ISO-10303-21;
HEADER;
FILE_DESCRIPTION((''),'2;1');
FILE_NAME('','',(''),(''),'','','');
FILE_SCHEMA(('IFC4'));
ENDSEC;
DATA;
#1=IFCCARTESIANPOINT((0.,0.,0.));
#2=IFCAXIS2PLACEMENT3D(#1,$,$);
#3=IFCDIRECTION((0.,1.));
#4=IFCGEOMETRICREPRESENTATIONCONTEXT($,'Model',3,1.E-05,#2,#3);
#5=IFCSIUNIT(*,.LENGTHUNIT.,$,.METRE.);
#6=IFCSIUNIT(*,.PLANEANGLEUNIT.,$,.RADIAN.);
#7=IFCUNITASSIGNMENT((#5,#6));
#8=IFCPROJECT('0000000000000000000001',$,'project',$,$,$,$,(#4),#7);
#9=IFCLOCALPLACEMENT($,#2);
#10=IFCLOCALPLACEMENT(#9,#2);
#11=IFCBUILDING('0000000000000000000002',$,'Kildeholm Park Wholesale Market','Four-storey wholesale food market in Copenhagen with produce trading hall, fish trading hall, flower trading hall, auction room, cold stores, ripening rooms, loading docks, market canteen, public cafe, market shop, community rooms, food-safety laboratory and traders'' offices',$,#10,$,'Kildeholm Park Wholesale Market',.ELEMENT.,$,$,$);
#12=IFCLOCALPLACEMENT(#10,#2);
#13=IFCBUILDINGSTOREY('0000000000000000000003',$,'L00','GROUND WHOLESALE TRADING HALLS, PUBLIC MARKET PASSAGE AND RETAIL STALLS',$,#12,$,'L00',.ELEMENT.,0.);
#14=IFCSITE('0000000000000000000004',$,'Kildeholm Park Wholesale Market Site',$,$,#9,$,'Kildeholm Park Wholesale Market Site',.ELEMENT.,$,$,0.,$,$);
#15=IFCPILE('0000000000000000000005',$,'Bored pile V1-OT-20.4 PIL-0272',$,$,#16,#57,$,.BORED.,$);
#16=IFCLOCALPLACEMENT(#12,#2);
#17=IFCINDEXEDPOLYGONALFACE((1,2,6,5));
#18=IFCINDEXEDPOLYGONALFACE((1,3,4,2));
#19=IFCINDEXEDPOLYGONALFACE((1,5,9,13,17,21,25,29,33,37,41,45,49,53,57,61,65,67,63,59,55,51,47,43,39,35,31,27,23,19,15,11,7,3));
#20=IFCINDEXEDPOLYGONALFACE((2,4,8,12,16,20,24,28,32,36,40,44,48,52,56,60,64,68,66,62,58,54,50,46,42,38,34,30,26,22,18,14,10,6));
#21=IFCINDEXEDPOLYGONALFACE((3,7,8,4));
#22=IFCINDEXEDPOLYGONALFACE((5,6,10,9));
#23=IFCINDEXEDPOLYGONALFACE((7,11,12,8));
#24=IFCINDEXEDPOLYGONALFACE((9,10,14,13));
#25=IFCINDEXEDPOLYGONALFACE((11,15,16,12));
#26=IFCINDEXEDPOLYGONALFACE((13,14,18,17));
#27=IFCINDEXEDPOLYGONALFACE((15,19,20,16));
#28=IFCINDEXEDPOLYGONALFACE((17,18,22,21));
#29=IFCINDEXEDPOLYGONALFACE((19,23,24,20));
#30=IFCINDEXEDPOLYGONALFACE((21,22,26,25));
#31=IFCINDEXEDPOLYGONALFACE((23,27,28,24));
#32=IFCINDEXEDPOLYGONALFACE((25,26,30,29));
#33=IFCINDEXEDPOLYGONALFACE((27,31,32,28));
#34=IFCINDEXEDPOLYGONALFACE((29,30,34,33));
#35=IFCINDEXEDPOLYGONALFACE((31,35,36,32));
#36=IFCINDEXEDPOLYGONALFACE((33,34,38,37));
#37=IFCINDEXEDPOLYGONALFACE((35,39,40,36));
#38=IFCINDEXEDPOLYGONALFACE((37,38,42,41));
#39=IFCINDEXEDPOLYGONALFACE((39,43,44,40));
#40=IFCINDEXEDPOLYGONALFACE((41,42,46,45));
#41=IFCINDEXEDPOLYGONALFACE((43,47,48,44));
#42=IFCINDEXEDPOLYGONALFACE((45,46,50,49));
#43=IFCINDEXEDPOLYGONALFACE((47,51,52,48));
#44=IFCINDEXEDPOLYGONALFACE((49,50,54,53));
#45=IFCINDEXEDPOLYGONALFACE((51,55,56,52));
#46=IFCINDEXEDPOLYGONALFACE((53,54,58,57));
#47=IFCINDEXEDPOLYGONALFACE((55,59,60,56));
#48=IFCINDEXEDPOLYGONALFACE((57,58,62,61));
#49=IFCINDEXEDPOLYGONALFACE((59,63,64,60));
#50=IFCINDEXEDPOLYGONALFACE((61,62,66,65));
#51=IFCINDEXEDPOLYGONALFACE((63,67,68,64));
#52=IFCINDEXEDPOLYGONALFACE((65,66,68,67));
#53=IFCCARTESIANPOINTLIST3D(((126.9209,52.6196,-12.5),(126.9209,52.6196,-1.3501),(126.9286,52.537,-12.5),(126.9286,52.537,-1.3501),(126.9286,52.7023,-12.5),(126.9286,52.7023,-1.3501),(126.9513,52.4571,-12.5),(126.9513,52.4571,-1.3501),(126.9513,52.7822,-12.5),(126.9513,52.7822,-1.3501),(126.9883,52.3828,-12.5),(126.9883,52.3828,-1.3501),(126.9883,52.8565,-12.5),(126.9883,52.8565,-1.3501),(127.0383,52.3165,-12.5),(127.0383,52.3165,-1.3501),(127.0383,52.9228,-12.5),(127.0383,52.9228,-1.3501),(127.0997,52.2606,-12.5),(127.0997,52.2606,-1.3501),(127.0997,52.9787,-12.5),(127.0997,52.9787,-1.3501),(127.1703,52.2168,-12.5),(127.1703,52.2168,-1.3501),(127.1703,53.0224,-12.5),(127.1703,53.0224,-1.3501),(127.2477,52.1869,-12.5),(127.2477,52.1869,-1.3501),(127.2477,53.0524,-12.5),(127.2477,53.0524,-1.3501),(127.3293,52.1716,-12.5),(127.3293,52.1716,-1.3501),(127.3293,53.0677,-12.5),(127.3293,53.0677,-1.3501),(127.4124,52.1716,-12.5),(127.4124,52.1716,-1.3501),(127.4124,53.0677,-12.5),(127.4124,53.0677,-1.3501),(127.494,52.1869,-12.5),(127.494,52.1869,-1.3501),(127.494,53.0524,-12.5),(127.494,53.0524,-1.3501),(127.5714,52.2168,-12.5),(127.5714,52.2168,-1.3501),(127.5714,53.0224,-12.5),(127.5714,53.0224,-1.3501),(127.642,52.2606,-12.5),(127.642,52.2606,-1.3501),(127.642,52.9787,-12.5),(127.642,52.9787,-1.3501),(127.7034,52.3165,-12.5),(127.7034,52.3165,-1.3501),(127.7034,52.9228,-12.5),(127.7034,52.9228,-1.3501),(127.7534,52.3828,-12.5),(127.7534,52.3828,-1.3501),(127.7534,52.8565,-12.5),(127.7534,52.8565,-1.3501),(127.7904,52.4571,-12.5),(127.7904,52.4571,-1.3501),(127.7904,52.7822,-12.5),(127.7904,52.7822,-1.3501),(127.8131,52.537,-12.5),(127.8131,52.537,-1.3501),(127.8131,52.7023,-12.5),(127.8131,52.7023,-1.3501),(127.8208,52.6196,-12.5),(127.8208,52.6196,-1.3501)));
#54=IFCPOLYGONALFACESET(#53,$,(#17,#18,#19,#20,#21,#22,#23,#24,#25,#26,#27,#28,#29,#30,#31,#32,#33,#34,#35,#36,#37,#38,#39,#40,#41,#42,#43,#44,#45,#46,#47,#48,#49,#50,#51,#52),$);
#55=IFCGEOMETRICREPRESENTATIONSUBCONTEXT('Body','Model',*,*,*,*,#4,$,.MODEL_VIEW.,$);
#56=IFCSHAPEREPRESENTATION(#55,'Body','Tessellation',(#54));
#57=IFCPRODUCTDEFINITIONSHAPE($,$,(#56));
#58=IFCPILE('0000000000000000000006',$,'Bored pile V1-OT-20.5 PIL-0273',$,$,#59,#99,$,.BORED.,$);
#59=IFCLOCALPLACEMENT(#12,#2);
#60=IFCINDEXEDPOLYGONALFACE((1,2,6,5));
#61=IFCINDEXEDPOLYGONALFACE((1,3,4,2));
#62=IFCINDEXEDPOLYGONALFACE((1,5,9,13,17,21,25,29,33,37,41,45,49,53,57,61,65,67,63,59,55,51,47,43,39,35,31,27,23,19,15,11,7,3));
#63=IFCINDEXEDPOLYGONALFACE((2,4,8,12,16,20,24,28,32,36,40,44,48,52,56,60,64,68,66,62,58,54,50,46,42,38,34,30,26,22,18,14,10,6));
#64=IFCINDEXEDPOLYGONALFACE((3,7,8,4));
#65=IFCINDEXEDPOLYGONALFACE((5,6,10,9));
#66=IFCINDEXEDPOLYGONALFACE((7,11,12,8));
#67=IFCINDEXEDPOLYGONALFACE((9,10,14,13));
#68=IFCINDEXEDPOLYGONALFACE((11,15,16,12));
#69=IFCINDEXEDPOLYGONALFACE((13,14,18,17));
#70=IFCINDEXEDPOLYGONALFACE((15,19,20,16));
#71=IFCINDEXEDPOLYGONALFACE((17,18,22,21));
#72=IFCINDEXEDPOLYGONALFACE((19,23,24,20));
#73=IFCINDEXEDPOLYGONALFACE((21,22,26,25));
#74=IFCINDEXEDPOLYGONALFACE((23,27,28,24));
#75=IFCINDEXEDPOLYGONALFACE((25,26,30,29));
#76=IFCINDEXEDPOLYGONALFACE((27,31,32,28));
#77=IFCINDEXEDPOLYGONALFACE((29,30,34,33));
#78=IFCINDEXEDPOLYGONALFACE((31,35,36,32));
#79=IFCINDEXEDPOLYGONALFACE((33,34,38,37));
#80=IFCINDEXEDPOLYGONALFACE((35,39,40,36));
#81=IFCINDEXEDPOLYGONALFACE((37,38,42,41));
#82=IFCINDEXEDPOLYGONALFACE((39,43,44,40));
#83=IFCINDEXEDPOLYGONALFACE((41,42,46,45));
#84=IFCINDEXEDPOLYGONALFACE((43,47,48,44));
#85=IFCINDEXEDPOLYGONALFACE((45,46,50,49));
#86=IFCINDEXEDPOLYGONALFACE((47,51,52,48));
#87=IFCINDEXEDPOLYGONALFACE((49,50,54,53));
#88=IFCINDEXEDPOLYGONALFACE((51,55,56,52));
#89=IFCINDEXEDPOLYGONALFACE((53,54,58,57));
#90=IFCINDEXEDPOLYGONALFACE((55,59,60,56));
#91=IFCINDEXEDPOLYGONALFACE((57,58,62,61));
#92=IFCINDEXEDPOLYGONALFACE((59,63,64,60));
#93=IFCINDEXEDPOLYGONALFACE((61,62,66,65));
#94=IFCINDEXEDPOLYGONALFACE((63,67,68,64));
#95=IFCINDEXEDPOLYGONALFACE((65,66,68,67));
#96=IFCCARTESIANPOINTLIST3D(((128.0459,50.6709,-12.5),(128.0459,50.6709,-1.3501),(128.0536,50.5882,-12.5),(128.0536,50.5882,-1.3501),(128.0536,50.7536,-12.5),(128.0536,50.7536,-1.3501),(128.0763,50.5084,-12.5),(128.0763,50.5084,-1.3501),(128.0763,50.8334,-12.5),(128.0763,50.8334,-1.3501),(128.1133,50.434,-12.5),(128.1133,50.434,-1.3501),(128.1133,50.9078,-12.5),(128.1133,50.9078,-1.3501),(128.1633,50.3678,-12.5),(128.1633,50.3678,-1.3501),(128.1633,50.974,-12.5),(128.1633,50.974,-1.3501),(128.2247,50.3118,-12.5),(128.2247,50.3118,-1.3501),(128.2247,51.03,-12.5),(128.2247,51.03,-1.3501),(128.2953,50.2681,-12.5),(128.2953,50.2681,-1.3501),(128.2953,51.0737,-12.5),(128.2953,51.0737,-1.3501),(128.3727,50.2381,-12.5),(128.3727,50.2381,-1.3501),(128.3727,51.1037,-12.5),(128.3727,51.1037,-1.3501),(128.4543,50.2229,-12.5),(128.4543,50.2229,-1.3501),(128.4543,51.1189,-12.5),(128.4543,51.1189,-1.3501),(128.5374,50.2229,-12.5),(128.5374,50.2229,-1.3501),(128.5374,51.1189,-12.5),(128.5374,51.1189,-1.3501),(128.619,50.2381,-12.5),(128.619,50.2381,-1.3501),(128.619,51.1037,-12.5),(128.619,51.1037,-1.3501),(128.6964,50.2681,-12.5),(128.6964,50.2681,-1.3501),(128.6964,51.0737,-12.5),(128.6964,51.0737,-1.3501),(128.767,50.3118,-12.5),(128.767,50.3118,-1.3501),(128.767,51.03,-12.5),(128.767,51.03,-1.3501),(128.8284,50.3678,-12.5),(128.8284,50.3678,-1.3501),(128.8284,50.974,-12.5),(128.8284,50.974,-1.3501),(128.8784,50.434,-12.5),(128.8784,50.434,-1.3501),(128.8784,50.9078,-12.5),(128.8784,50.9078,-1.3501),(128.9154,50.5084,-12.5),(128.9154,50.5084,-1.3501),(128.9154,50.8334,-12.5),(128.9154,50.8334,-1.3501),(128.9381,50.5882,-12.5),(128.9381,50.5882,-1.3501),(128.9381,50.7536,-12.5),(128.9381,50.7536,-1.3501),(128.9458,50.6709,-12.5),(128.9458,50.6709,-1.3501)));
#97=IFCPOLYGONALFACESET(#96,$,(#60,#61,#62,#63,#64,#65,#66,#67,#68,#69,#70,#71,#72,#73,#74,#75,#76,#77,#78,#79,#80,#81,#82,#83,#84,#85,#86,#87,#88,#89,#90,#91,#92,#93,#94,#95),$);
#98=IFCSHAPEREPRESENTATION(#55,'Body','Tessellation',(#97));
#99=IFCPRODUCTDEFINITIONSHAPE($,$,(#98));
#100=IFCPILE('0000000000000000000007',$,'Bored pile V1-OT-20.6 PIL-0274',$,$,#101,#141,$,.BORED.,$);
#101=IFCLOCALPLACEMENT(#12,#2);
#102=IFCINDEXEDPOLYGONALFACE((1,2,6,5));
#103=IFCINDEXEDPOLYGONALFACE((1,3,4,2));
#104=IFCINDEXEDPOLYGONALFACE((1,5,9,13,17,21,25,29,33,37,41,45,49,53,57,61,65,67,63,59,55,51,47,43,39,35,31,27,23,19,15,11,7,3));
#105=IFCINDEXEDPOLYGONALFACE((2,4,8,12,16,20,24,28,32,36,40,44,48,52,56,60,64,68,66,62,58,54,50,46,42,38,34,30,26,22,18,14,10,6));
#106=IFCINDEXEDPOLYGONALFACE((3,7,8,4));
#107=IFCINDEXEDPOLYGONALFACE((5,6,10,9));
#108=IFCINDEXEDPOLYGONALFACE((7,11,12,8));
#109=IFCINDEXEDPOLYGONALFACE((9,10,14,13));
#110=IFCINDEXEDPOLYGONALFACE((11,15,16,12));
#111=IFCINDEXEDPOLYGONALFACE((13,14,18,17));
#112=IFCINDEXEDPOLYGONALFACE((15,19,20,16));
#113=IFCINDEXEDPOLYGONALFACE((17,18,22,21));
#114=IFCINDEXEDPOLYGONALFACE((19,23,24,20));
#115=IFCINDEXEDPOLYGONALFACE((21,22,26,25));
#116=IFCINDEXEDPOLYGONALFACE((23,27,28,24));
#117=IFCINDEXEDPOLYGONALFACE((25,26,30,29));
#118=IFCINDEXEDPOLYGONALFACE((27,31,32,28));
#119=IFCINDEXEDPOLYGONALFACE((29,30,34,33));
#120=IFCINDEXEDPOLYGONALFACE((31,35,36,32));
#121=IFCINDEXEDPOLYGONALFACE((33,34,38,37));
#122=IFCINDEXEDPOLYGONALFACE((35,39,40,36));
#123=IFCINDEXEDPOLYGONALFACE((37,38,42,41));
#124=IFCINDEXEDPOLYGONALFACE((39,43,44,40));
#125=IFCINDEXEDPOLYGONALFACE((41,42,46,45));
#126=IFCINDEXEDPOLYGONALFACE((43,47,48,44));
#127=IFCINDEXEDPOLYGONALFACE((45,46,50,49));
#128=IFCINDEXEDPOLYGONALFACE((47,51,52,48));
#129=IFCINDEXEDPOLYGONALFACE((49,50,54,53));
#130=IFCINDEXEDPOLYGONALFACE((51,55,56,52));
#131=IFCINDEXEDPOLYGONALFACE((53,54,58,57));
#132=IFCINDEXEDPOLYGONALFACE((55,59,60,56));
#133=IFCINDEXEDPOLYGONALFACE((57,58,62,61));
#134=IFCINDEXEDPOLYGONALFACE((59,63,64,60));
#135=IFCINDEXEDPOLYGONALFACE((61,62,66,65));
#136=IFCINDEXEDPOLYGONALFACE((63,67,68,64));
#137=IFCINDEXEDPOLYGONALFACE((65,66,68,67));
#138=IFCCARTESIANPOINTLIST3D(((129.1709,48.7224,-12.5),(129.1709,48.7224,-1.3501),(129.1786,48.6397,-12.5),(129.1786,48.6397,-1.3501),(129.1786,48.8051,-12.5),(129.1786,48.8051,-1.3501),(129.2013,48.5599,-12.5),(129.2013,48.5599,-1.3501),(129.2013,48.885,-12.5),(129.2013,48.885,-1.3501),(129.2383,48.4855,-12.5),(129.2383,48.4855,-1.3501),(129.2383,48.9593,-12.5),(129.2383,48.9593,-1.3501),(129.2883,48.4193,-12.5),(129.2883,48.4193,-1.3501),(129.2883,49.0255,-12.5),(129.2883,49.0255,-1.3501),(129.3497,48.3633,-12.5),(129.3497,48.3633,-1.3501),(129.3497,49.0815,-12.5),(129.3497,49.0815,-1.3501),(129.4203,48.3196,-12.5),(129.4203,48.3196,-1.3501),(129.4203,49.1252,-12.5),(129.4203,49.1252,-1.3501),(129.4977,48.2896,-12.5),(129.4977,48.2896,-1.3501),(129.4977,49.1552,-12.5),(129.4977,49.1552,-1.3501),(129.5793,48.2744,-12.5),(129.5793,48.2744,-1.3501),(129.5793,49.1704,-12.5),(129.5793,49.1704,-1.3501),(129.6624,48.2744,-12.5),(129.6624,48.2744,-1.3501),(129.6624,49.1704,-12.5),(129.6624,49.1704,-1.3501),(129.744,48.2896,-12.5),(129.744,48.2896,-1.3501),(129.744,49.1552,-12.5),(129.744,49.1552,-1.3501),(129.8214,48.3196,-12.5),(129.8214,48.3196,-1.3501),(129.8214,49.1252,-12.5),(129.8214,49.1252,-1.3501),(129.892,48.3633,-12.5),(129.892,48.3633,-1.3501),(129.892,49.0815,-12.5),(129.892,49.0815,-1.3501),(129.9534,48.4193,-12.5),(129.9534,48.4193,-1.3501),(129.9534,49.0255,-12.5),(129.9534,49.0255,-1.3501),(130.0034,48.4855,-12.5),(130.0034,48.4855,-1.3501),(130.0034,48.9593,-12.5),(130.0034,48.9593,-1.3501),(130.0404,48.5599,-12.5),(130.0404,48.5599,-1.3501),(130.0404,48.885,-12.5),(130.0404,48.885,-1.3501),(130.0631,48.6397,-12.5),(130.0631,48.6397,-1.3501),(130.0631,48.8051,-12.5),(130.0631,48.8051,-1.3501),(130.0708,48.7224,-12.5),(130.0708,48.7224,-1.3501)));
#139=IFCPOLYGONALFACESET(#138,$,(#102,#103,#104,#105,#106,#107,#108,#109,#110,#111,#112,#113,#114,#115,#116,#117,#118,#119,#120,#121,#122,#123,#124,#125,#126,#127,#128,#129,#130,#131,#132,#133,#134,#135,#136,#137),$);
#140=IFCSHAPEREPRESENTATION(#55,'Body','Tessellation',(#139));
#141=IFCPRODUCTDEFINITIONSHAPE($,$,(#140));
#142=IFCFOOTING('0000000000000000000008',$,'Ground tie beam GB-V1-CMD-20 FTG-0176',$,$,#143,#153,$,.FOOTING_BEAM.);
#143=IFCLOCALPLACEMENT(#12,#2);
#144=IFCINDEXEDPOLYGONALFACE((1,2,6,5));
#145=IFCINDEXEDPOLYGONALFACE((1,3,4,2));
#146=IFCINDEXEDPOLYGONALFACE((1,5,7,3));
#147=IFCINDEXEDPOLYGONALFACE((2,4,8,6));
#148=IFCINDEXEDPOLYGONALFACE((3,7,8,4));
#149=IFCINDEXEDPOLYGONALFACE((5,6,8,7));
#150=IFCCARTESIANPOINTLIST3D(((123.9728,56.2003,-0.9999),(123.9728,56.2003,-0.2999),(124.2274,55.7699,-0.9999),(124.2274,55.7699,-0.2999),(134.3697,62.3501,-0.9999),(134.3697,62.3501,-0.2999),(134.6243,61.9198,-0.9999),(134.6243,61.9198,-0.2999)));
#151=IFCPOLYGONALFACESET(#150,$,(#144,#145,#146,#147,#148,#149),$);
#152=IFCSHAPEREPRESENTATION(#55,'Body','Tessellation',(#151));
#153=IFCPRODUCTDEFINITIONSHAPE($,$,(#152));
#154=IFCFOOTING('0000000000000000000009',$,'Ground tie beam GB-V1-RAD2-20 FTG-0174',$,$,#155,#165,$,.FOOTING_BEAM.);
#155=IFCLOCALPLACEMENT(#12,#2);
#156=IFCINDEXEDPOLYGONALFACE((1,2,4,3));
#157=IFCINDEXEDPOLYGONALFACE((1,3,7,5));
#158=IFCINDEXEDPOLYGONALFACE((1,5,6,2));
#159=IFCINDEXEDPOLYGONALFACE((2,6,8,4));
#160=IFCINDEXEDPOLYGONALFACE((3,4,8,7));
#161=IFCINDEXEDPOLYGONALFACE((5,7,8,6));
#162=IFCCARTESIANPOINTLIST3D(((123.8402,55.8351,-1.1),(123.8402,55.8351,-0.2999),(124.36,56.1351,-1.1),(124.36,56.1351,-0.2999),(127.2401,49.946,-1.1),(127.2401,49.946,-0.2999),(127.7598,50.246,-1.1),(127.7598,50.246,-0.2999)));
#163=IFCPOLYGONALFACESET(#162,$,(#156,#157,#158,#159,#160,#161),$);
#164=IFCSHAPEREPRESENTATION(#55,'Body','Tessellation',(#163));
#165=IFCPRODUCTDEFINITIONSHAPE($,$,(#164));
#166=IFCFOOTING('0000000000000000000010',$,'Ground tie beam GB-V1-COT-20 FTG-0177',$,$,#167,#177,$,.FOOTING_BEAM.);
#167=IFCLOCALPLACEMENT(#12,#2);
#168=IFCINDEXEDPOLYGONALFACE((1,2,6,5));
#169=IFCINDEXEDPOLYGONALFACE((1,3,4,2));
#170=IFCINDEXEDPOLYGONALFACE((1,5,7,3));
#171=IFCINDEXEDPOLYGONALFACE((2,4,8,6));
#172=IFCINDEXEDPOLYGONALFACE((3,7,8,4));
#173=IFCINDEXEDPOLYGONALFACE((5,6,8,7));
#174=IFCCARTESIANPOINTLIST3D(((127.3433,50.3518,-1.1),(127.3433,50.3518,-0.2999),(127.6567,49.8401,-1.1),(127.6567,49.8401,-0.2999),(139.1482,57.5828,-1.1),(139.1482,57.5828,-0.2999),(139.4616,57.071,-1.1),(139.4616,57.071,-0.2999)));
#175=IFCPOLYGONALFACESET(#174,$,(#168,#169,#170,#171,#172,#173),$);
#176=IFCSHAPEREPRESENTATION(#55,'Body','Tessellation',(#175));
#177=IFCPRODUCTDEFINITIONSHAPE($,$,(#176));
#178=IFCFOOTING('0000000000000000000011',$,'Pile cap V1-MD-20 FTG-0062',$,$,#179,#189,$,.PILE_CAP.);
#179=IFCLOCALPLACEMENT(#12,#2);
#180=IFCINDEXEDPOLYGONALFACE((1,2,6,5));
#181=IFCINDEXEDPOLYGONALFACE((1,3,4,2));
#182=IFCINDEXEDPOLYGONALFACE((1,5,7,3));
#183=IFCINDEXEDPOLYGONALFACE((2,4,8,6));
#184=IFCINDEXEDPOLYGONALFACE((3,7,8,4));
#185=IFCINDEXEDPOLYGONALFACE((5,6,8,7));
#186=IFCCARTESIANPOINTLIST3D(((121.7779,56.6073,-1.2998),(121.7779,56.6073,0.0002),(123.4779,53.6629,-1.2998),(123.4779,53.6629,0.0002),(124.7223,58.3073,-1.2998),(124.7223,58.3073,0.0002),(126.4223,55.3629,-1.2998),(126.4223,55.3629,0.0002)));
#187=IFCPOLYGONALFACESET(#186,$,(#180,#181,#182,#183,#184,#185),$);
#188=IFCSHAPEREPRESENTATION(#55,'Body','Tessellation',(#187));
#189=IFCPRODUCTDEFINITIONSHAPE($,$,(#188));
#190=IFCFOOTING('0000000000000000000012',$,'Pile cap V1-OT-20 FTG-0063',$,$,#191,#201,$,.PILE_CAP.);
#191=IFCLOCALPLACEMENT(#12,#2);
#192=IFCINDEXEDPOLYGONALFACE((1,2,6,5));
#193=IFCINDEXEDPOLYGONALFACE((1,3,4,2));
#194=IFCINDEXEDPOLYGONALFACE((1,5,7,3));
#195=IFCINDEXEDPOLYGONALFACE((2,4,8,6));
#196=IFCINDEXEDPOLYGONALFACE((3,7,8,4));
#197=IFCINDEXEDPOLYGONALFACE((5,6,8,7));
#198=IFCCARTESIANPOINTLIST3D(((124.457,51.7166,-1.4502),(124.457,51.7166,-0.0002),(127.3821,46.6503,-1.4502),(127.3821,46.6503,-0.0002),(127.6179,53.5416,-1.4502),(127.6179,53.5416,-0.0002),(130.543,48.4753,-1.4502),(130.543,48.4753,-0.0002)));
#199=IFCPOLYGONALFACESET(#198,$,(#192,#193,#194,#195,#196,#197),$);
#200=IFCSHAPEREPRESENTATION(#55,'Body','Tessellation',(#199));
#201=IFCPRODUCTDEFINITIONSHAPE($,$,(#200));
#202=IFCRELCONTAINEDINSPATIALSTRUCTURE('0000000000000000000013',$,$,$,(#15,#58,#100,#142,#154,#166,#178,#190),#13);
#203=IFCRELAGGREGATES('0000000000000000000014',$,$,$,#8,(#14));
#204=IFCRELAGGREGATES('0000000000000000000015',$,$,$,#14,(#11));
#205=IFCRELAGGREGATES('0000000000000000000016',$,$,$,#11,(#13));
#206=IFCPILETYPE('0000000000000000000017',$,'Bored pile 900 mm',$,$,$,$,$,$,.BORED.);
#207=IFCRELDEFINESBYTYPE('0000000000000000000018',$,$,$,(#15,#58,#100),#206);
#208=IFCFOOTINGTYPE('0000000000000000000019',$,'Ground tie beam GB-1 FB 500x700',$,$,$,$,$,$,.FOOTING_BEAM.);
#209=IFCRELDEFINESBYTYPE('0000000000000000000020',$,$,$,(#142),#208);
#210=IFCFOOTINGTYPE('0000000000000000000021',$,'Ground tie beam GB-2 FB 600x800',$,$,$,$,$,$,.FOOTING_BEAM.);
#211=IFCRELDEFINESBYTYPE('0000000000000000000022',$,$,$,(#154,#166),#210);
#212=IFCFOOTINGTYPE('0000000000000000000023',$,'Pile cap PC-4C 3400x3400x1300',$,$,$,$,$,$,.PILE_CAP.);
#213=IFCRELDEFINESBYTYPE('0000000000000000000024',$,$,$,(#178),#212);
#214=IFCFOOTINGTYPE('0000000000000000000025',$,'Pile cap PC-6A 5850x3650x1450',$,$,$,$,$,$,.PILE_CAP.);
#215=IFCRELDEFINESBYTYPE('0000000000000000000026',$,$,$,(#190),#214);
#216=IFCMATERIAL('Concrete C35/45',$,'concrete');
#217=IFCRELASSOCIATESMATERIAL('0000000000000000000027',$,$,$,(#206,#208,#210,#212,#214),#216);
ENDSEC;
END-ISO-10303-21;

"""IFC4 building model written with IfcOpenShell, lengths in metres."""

from ifc_helpers import new_model, si_unit, direction, frame, origin, origin_2d, place, context, subcontext, project, spatial, rectangle, circle, extrude, material, material_profile, profile_set, type_object, element, save


model = new_model("IFC4")

# Units and contexts
model_context = context("Model", 3, precision=1e-05, world=origin(), true_north=direction((0.0, 1.0)))
body_context = subcontext(model_context, "Body", "Model", "MODEL_VIEW")
ifc_project = project(units=[si_unit("LENGTHUNIT", "METRE"), si_unit("PLANEANGLEUNIT", "RADIAN")], contexts=[model_context])

# Site, building, storey
site_placement = place(None, origin())
site = spatial("IfcSite", under=ifc_project, at=site_placement, Name="Kildeholm Park Wholesale Market Site", LongName="Kildeholm Park Wholesale Market Site", CompositionType="ELEMENT", RefElevation=0.0)
building_placement = place(site_placement, origin())
building = spatial("IfcBuilding", under=site, at=building_placement, Name="Kildeholm Park Wholesale Market", Description="Four-storey wholesale food market in Copenhagen with produce trading hall, fish trading hall, flower trading hall, auction room, cold stores, ripening rooms, loading docks, market canteen, public cafe, market shop, community rooms, food-safety laboratory and traders' offices", LongName="Kildeholm Park Wholesale Market", CompositionType="ELEMENT")
storey_placement = place(building_placement, origin())
storey = spatial("IfcBuildingStorey", under=building, at=storey_placement, Name="L00", Description="GROUND WHOLESALE TRADING HALLS, PUBLIC MARKET PASSAGE AND RETAIL STALLS", LongName="L00", CompositionType="ELEMENT", Elevation=0.0)

# Piles
ifc_material_1 = material(Name="Concrete C35/45", Category="concrete")
ifc_material_profile_1 = material_profile(ifc_material_1, circle(Radius=0.45, at=origin_2d()), Name="PILE D900")
ifc_profile_set_1 = profile_set([ifc_material_profile_1], Name="Concrete C35/45")
pile_type_1 = type_object("IfcPileType", Name="Bored pile 900 mm", PredefinedType="BORED", material=ifc_profile_set_1)
for number, where, z_axis, x_axis, name in (
    (1, (127.3708, 52.6196, -1.3501), (0.0, 0.0, -1.0), (1.0, 0.0, 0.0), "Bored pile V1-OT-20.4 PIL-0272"),
    (2, (128.4958, 50.6709, -1.3501), (0.0, 0.0, -1.0), (1.0, 0.0, 0.0), "Bored pile V1-OT-20.5 PIL-0273"),
    (3, (129.6208, 48.7224, -1.3501), (0.0, 0.0, -1.0), (1.0, 0.0, 0.0), "Bored pile V1-OT-20.6 PIL-0274"),
):
    element("IfcPile", number, at=place(storey_placement, frame(where, z_axis=z_axis, x_axis=x_axis)), inside=storey, type_object=pile_type_1, Name=name, PredefinedType="BORED", context=body_context, shape_type="SweptSolid", body=[
        extrude(circle(Radius=0.45, at=origin_2d()), origin(), (0.0, 0.0, 1.0), 11.1499),
    ])

# Footings
ifc_material_profile_2 = material_profile(ifc_material_1, rectangle(XDim=0.5, YDim=0.7, at=origin_2d()), Name="FB 500x700")
ifc_profile_set_2 = profile_set([ifc_material_profile_2], Name="Concrete C35/45")
footing_type_1 = type_object("IfcFootingType", Name="Ground tie beam GB-1 FB 500x700", PredefinedType="FOOTING_BEAM", material=ifc_profile_set_2)
footing_1_placement = place(storey_placement, frame((124.1001, 55.9851, -0.6499), z_axis=(0.8607, 0.509112, 0.0), x_axis=(-0.509112, 0.8607, 0.0)))
element("IfcFooting", 4, at=footing_1_placement, inside=storey, type_object=footing_type_1, Name="Ground tie beam GB-V1-CMD-20 FTG-0176", PredefinedType="FOOTING_BEAM", context=body_context, shape_type="SweptSolid", body=[
    extrude(rectangle(XDim=0.5, YDim=0.7, at=origin_2d()), origin(), (0.0, 0.0, 1.0), 12.0796),
])
ifc_material_profile_3 = material_profile(ifc_material_1, rectangle(XDim=0.6001, YDim=0.8, at=origin_2d()), Name="FB 600x800")
ifc_profile_set_3 = profile_set([ifc_material_profile_3], Name="Concrete C35/45")
footing_type_2 = type_object("IfcFootingType", Name="Ground tie beam GB-2 FB 600x800", PredefinedType="FOOTING_BEAM", material=ifc_profile_set_3)
footing_2_placement = place(storey_placement, frame((124.1001, 55.9851, -0.7), z_axis=(0.499977, -0.866039, 0.0), x_axis=(0.866039, 0.499977, 0.0)))
element("IfcFooting", 5, at=footing_2_placement, inside=storey, type_object=footing_type_2, Name="Ground tie beam GB-V1-RAD2-20 FTG-0174", PredefinedType="FOOTING_BEAM", context=body_context, shape_type="SweptSolid", body=[
    extrude(rectangle(XDim=0.6001, YDim=0.8, at=origin_2d()), origin(), (0.0, 0.0, 1.0), 6.8),
])
footing_3_placement = place(storey_placement, frame((127.5, 50.0959, -0.7), z_axis=(0.85274, 0.522335, 0.0), x_axis=(-0.522335, 0.85274, 0.0)))
element("IfcFooting", 6, at=footing_3_placement, inside=storey, type_object=footing_type_2, Name="Ground tie beam GB-V1-COT-20 FTG-0177", PredefinedType="FOOTING_BEAM", context=body_context, shape_type="SweptSolid", body=[
    extrude(rectangle(XDim=0.6001, YDim=0.8, at=origin_2d()), origin(), (0.0, 0.0, 1.0), 13.8435),
])
footing_type_3 = type_object("IfcFootingType", Name="Pile cap PC-4C 3400x3400x1300", PredefinedType="PILE_CAP", material=ifc_material_1)
footing_4_placement = place(storey_placement, frame((124.1001, 55.9851, -1.2998), z_axis=(0.0, 0.0, 1.0), x_axis=(0.5, -0.866025, 0.0)))
element("IfcFooting", 7, at=footing_4_placement, inside=storey, type_object=footing_type_3, Name="Pile cap V1-MD-20 FTG-0062", PredefinedType="PILE_CAP", context=body_context, shape_type="SweptSolid", body=[
    extrude(rectangle(XDim=3.3999, YDim=3.3999, at=origin_2d()), origin(), (0.0, 0.0, 1.0), 1.3),
])
footing_type_4 = type_object("IfcFootingType", Name="Pile cap PC-6A 5850x3650x1450", PredefinedType="PILE_CAP", material=ifc_material_1)
footing_5_placement = place(storey_placement, frame((127.5, 50.0959, -1.4502), z_axis=(0.0, 0.0, 1.0), x_axis=(0.5, -0.866025, 0.0)))
element("IfcFooting", 8, at=footing_5_placement, inside=storey, type_object=footing_type_4, Name="Pile cap V1-OT-20 FTG-0063", PredefinedType="PILE_CAP", context=body_context, shape_type="SweptSolid", body=[
    extrude(rectangle(XDim=5.8501, YDim=3.6499, at=origin_2d()), origin(), (0.0, 0.0, 1.0), 1.45),
])

save(model, "model.ifc")
